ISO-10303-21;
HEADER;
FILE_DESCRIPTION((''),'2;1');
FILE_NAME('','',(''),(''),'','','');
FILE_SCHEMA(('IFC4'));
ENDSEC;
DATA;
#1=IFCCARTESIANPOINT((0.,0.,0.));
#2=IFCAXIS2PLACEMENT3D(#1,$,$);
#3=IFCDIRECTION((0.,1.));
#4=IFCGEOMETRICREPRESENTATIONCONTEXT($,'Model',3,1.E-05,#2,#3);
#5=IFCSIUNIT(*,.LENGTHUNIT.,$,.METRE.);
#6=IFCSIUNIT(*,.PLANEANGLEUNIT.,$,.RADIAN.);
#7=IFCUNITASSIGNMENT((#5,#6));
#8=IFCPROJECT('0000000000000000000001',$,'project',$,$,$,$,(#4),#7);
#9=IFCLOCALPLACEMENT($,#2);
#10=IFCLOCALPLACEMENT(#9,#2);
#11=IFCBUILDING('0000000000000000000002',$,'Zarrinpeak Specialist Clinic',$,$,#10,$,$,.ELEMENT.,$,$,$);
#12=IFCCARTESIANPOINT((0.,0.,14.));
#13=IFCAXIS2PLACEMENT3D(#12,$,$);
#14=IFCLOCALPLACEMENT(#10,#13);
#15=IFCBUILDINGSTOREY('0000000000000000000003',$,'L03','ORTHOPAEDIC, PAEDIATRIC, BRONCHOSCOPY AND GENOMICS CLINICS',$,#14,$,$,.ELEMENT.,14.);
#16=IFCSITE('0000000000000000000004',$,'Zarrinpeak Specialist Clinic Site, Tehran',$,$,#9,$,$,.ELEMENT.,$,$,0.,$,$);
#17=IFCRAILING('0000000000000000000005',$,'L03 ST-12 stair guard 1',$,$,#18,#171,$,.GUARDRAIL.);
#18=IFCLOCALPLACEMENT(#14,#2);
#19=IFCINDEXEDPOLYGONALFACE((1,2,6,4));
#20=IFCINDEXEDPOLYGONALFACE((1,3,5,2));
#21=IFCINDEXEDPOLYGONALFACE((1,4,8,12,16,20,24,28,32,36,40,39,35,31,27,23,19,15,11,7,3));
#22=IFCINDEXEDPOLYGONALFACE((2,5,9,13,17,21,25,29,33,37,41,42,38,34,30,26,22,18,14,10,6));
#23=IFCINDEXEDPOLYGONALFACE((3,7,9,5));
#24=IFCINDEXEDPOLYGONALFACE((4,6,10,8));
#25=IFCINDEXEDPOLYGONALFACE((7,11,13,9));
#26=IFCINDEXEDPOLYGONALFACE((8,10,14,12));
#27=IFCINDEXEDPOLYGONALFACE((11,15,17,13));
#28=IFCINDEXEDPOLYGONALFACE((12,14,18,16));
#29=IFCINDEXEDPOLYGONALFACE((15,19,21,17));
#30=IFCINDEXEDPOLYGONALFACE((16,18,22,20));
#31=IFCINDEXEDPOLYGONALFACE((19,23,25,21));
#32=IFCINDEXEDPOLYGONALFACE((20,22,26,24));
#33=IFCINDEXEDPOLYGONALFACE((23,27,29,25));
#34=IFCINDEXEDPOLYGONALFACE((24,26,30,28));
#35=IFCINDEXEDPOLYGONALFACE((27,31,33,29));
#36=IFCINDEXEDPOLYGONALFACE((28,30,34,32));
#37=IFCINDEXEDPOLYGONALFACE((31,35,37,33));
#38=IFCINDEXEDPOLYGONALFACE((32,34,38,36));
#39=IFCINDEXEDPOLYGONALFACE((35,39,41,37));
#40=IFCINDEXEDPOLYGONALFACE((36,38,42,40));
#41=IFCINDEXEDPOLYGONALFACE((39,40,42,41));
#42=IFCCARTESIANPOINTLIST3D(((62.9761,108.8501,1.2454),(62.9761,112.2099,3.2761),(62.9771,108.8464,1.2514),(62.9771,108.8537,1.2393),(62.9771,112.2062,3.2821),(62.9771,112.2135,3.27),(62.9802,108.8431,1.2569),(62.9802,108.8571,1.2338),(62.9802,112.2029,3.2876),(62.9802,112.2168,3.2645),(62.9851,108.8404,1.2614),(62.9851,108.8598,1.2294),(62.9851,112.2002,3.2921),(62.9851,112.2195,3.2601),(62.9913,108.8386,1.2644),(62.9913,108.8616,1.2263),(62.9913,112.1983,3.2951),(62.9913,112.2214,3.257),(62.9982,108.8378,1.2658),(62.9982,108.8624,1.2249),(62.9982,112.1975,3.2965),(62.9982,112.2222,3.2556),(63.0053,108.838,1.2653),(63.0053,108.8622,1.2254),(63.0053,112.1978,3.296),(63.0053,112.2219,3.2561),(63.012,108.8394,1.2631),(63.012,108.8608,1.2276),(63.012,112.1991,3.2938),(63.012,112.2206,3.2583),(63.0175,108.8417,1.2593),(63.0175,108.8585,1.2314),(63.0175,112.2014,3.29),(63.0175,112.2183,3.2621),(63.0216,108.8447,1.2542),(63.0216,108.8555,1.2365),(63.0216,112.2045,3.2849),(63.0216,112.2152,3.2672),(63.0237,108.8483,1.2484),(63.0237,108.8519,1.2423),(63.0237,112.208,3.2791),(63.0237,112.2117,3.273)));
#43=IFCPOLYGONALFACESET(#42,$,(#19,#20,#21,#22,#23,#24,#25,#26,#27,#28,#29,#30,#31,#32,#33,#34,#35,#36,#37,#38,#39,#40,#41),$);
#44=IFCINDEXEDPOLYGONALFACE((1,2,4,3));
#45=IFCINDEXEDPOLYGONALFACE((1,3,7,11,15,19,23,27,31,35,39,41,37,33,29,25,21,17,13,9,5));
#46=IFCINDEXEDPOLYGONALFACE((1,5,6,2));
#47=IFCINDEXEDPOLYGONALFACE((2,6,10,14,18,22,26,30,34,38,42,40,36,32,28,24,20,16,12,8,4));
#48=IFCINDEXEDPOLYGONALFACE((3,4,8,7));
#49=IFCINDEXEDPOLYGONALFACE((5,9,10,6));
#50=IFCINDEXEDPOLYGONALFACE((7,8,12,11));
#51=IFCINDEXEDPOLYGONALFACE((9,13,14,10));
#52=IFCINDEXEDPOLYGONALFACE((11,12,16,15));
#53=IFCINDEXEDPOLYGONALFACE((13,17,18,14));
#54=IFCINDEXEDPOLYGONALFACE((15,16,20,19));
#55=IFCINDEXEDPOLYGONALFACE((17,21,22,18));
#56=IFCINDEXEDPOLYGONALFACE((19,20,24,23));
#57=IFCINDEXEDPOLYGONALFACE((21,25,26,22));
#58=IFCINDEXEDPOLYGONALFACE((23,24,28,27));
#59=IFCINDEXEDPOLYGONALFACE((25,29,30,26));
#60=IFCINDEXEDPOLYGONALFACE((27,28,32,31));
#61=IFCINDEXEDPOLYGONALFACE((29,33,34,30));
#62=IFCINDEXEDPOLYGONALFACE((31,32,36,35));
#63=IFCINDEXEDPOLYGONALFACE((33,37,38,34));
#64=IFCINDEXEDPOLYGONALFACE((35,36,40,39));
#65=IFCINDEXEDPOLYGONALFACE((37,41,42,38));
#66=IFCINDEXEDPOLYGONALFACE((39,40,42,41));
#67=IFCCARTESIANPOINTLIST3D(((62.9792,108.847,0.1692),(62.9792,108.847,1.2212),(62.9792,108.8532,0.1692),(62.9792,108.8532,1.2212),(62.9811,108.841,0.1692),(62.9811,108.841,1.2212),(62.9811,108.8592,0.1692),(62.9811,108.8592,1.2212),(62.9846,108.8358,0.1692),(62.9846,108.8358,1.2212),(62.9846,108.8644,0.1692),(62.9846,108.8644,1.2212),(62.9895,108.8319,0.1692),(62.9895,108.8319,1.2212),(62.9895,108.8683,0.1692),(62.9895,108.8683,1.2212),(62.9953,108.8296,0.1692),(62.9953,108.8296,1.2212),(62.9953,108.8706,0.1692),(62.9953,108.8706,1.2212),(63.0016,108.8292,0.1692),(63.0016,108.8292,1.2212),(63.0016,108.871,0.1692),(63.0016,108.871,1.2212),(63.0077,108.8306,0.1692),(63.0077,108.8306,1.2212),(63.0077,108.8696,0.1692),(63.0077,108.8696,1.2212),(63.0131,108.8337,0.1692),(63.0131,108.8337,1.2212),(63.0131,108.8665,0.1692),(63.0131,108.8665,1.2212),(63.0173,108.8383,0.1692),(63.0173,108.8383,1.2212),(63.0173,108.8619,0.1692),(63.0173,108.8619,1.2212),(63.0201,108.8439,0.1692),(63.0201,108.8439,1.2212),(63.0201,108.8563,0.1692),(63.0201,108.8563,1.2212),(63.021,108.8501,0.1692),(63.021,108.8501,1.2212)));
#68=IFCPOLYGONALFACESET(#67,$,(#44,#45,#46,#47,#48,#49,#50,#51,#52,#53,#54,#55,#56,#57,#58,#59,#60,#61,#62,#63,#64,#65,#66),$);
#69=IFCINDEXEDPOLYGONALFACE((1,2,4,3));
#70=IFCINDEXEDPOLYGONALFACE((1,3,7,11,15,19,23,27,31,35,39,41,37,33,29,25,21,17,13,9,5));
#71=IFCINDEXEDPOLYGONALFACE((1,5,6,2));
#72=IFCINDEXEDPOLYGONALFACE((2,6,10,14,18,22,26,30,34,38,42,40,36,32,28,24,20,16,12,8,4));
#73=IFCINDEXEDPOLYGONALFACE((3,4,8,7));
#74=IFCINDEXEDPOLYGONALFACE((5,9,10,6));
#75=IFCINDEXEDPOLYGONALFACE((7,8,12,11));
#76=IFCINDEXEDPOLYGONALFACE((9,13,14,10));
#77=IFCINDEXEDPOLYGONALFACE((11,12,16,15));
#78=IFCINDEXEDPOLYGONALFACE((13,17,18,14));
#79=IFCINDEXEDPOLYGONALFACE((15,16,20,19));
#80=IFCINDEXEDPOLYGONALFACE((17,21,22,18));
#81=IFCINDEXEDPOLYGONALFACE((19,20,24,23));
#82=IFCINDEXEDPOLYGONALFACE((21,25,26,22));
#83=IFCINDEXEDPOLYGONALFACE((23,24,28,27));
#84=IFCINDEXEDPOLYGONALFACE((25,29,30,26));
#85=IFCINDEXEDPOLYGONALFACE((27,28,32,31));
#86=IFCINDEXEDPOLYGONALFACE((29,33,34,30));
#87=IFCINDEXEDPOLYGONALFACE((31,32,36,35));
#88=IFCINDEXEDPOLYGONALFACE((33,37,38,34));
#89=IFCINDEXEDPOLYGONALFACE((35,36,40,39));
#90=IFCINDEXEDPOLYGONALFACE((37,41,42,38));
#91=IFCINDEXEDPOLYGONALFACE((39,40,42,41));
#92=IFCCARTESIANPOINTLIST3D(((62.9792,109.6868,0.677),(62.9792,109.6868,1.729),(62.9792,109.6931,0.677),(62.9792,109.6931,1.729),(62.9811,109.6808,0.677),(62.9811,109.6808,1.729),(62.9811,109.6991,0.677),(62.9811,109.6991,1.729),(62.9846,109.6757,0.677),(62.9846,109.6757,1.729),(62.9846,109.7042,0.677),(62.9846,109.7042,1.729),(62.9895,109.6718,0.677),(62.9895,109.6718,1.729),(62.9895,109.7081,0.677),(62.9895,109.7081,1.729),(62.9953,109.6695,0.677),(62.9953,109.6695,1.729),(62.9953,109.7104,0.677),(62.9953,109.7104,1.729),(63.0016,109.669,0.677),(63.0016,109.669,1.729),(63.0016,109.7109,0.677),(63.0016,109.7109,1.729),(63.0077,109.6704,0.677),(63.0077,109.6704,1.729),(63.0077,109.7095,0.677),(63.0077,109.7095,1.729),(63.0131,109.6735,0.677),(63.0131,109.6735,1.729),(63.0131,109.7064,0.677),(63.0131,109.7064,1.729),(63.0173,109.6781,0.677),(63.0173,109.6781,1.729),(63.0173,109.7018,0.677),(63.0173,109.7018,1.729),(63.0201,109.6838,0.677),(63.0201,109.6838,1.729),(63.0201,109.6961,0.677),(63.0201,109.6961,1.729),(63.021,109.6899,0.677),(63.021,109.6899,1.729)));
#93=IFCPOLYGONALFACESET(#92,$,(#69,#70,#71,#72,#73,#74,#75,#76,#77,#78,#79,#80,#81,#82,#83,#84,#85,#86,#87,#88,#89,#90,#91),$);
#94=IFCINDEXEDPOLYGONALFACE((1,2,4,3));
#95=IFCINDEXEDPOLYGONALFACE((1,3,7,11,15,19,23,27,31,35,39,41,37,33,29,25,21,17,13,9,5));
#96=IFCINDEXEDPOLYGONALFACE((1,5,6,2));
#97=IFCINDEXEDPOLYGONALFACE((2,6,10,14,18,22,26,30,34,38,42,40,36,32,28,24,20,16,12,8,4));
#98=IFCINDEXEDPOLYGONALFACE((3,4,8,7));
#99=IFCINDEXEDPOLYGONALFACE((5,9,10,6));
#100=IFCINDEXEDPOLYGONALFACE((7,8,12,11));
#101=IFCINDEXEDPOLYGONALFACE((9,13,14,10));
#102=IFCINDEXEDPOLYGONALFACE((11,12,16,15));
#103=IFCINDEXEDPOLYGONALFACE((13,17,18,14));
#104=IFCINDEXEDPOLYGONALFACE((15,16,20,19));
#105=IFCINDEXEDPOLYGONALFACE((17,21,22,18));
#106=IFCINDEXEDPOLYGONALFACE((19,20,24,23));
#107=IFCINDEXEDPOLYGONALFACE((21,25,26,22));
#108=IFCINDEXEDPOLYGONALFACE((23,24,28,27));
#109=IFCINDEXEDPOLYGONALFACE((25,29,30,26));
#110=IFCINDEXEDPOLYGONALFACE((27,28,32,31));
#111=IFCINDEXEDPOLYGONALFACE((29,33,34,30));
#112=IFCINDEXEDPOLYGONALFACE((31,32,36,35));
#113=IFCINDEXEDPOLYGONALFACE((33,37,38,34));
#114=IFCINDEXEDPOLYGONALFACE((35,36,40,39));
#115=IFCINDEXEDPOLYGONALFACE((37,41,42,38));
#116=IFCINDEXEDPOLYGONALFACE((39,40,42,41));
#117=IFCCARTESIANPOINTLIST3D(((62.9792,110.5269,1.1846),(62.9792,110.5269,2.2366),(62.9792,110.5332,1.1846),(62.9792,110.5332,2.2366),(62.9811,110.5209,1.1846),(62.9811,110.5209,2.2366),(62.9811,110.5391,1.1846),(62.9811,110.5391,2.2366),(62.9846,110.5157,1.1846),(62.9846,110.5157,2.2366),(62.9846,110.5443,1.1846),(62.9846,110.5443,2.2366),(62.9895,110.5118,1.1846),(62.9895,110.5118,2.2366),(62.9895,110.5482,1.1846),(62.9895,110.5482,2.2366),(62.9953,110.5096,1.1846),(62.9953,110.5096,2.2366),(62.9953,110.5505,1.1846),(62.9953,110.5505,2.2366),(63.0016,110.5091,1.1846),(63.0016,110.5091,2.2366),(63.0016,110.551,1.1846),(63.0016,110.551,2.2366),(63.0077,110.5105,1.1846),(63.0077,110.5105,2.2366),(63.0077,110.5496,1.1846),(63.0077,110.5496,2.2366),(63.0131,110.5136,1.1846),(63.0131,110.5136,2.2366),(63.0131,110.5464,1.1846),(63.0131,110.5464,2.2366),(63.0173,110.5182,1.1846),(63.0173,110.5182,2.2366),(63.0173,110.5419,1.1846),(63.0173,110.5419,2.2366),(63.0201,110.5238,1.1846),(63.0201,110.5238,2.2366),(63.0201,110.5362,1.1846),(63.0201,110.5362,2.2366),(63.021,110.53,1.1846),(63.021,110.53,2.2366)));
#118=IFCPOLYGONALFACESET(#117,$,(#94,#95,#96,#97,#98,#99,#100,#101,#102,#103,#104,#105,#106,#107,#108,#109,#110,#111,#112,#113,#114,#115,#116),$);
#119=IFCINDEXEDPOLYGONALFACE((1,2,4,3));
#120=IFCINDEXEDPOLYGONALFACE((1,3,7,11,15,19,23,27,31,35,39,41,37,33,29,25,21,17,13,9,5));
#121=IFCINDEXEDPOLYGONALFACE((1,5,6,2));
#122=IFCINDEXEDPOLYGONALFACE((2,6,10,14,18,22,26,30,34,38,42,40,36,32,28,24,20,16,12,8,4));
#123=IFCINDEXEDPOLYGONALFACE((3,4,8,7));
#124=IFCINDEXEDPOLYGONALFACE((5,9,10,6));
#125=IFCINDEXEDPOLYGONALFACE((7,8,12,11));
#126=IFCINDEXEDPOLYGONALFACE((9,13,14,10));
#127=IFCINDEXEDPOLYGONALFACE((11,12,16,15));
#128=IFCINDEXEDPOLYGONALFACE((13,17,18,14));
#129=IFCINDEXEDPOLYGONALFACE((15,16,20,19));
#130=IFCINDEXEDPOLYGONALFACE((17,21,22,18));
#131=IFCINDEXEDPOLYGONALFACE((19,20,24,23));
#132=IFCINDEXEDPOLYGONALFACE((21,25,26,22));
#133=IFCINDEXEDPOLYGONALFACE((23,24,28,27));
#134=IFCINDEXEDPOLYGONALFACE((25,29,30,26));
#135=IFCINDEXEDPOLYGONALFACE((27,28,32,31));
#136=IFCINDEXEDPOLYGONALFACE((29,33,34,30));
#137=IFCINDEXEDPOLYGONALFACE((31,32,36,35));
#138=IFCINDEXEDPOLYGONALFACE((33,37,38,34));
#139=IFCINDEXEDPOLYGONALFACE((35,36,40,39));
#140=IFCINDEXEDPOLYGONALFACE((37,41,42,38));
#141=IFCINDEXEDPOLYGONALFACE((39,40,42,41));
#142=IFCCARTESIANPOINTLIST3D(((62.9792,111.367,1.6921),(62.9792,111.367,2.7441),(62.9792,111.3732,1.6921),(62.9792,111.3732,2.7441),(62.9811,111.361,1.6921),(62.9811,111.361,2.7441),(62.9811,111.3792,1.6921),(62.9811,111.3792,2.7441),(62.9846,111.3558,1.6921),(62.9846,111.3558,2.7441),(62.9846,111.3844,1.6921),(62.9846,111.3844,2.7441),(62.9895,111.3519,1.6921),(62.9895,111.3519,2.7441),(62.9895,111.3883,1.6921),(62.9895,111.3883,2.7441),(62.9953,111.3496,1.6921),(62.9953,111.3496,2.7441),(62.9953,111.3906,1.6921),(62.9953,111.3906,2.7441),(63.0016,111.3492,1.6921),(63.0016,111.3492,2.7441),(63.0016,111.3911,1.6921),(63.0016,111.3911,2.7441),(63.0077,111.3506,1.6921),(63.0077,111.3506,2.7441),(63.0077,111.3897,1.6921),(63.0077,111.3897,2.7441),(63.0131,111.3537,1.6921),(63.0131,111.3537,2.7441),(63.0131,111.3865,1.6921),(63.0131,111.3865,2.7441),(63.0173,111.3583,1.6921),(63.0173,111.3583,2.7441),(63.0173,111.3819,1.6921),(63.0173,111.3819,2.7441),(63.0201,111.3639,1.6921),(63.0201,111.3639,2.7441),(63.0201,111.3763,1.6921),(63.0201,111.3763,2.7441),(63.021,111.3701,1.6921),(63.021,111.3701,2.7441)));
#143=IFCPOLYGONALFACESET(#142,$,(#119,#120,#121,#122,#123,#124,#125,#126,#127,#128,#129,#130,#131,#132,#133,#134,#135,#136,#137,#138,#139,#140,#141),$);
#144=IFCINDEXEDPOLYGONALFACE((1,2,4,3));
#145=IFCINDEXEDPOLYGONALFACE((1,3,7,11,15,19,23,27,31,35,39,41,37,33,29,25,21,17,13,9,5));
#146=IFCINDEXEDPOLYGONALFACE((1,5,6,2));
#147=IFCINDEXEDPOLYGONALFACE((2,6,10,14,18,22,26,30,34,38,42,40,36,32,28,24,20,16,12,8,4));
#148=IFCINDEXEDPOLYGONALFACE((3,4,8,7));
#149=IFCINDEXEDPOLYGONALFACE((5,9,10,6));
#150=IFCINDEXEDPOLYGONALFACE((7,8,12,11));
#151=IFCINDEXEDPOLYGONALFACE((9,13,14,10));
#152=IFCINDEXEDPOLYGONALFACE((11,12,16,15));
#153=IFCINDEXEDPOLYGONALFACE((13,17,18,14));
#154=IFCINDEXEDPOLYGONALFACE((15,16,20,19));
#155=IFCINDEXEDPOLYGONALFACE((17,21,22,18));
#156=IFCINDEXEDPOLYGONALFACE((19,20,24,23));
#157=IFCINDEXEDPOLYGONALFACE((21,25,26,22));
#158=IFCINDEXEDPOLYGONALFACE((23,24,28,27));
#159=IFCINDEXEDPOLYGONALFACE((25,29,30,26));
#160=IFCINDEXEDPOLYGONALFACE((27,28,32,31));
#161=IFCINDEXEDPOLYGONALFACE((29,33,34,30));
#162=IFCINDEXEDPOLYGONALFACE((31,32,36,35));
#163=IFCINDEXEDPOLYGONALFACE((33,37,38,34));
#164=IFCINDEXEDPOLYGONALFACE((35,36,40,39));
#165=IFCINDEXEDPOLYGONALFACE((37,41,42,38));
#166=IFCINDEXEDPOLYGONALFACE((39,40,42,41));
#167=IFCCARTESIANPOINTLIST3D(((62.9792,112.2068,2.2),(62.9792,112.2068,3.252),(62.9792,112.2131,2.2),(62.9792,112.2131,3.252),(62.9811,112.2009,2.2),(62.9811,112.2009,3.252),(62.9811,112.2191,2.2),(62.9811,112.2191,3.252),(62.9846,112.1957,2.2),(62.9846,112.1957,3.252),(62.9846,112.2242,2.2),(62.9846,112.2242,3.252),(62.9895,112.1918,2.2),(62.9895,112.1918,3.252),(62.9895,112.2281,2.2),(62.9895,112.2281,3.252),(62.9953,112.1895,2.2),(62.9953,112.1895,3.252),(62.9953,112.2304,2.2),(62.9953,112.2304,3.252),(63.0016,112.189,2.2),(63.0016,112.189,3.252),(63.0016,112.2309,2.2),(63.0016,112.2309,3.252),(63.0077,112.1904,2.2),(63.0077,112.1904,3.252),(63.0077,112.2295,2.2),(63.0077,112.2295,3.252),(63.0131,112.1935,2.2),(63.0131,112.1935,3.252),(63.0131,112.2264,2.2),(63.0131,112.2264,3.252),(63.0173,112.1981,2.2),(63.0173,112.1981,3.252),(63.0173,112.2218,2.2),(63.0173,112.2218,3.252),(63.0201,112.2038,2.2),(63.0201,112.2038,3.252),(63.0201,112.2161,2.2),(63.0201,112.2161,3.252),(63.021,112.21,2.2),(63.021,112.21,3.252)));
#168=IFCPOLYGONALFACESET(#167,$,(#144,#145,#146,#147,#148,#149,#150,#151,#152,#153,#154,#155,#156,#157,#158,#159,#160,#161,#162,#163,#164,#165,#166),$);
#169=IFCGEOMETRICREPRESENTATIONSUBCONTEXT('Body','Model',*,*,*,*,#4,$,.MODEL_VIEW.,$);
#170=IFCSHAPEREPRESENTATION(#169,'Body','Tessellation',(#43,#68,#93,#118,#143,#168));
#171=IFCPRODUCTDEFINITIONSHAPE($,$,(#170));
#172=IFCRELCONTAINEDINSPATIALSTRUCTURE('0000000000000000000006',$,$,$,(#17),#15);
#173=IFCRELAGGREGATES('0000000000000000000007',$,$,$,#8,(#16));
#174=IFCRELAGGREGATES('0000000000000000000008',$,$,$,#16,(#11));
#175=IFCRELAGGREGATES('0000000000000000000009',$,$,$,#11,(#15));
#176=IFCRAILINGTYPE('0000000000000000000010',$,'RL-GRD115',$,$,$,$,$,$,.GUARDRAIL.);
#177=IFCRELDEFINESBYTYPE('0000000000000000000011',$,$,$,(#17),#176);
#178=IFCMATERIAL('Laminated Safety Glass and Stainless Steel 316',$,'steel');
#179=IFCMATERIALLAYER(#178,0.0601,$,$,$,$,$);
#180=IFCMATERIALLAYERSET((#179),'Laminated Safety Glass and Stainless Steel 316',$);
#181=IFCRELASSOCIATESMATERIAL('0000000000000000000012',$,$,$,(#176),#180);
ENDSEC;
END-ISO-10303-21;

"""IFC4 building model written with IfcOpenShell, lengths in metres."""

from ifc_helpers import new_model, si_unit, direction, frame, origin, origin_2d, place, context, subcontext, project, spatial, circle, extrude, material, layer, layer_set, type_object, element, save


model = new_model("IFC4")

# Units and contexts
model_context = context("Model", 3, precision=1e-05, world=origin(), true_north=direction((0.0, 1.0)))
body_context = subcontext(model_context, "Body", "Model", "MODEL_VIEW")
ifc_project = project(units=[si_unit("LENGTHUNIT", "METRE"), si_unit("PLANEANGLEUNIT", "RADIAN")], contexts=[model_context])

# Site, building, storey
site_placement = place(None, origin())
site = spatial("IfcSite", under=ifc_project, at=site_placement, Name="Zarrinpeak Specialist Clinic Site, Tehran", CompositionType="ELEMENT", RefElevation=0.0)
building_placement = place(site_placement, origin())
building = spatial("IfcBuilding", under=site, at=building_placement, Name="Zarrinpeak Specialist Clinic", CompositionType="ELEMENT")
storey_placement = place(building_placement, frame((0.0, 0.0, 14.0)))
storey = spatial("IfcBuildingStorey", under=building, at=storey_placement, Name="L03", Description="ORTHOPAEDIC, PAEDIATRIC, BRONCHOSCOPY AND GENOMICS CLINICS", CompositionType="ELEMENT", Elevation=14.0)

# Railing
ifc_material_1 = material(Name="Laminated Safety Glass and Stainless Steel 316", Category="steel")
ifc_layer_1 = layer(ifc_material_1, 0.0601)
ifc_layer_set_1 = layer_set([ifc_layer_1], Name="Laminated Safety Glass and Stainless Steel 316")
railing_type_1 = type_object("IfcRailingType", Name="RL-GRD115", PredefinedType="GUARDRAIL", material=ifc_layer_set_1)
railing_1_placement = place(storey_placement, frame((63.0, 108.8501, 0.1692)))
element("IfcRailing", 1, at=railing_1_placement, inside=storey, type_object=railing_type_1, Name="L03 ST-12 stair guard 1", PredefinedType="GUARDRAIL", context=body_context, shape_type="SweptSolid", body=[
    extrude(circle(Radius=0.0239, at=origin_2d()), frame((0.0, 0.0, 1.0762), z_axis=(0.0, 0.85582, 0.517273), x_axis=(-1.0, 0.0, 0.0)), (0.0, 0.0, 1.0), 3.9258),
    extrude(circle(Radius=0.021, at=origin_2d()), origin(), (0.0, 0.0, 1.0), 1.052),
    extrude(circle(Radius=0.021, at=origin_2d()), frame((0.0, 0.8398, 0.5078)), (0.0, 0.0, 1.0), 1.052),
    extrude(circle(Radius=0.021, at=origin_2d()), frame((0.0, 1.6799, 1.0154)), (0.0, 0.0, 1.0), 1.052),
    extrude(circle(Radius=0.021, at=origin_2d()), frame((0.0, 2.52, 1.5229)), (0.0, 0.0, 1.0), 1.052),
    extrude(circle(Radius=0.021, at=origin_2d()), frame((0.0, 3.3599, 2.0308)), (0.0, 0.0, 1.0), 1.052),
])

save(model, "model.ifc")
